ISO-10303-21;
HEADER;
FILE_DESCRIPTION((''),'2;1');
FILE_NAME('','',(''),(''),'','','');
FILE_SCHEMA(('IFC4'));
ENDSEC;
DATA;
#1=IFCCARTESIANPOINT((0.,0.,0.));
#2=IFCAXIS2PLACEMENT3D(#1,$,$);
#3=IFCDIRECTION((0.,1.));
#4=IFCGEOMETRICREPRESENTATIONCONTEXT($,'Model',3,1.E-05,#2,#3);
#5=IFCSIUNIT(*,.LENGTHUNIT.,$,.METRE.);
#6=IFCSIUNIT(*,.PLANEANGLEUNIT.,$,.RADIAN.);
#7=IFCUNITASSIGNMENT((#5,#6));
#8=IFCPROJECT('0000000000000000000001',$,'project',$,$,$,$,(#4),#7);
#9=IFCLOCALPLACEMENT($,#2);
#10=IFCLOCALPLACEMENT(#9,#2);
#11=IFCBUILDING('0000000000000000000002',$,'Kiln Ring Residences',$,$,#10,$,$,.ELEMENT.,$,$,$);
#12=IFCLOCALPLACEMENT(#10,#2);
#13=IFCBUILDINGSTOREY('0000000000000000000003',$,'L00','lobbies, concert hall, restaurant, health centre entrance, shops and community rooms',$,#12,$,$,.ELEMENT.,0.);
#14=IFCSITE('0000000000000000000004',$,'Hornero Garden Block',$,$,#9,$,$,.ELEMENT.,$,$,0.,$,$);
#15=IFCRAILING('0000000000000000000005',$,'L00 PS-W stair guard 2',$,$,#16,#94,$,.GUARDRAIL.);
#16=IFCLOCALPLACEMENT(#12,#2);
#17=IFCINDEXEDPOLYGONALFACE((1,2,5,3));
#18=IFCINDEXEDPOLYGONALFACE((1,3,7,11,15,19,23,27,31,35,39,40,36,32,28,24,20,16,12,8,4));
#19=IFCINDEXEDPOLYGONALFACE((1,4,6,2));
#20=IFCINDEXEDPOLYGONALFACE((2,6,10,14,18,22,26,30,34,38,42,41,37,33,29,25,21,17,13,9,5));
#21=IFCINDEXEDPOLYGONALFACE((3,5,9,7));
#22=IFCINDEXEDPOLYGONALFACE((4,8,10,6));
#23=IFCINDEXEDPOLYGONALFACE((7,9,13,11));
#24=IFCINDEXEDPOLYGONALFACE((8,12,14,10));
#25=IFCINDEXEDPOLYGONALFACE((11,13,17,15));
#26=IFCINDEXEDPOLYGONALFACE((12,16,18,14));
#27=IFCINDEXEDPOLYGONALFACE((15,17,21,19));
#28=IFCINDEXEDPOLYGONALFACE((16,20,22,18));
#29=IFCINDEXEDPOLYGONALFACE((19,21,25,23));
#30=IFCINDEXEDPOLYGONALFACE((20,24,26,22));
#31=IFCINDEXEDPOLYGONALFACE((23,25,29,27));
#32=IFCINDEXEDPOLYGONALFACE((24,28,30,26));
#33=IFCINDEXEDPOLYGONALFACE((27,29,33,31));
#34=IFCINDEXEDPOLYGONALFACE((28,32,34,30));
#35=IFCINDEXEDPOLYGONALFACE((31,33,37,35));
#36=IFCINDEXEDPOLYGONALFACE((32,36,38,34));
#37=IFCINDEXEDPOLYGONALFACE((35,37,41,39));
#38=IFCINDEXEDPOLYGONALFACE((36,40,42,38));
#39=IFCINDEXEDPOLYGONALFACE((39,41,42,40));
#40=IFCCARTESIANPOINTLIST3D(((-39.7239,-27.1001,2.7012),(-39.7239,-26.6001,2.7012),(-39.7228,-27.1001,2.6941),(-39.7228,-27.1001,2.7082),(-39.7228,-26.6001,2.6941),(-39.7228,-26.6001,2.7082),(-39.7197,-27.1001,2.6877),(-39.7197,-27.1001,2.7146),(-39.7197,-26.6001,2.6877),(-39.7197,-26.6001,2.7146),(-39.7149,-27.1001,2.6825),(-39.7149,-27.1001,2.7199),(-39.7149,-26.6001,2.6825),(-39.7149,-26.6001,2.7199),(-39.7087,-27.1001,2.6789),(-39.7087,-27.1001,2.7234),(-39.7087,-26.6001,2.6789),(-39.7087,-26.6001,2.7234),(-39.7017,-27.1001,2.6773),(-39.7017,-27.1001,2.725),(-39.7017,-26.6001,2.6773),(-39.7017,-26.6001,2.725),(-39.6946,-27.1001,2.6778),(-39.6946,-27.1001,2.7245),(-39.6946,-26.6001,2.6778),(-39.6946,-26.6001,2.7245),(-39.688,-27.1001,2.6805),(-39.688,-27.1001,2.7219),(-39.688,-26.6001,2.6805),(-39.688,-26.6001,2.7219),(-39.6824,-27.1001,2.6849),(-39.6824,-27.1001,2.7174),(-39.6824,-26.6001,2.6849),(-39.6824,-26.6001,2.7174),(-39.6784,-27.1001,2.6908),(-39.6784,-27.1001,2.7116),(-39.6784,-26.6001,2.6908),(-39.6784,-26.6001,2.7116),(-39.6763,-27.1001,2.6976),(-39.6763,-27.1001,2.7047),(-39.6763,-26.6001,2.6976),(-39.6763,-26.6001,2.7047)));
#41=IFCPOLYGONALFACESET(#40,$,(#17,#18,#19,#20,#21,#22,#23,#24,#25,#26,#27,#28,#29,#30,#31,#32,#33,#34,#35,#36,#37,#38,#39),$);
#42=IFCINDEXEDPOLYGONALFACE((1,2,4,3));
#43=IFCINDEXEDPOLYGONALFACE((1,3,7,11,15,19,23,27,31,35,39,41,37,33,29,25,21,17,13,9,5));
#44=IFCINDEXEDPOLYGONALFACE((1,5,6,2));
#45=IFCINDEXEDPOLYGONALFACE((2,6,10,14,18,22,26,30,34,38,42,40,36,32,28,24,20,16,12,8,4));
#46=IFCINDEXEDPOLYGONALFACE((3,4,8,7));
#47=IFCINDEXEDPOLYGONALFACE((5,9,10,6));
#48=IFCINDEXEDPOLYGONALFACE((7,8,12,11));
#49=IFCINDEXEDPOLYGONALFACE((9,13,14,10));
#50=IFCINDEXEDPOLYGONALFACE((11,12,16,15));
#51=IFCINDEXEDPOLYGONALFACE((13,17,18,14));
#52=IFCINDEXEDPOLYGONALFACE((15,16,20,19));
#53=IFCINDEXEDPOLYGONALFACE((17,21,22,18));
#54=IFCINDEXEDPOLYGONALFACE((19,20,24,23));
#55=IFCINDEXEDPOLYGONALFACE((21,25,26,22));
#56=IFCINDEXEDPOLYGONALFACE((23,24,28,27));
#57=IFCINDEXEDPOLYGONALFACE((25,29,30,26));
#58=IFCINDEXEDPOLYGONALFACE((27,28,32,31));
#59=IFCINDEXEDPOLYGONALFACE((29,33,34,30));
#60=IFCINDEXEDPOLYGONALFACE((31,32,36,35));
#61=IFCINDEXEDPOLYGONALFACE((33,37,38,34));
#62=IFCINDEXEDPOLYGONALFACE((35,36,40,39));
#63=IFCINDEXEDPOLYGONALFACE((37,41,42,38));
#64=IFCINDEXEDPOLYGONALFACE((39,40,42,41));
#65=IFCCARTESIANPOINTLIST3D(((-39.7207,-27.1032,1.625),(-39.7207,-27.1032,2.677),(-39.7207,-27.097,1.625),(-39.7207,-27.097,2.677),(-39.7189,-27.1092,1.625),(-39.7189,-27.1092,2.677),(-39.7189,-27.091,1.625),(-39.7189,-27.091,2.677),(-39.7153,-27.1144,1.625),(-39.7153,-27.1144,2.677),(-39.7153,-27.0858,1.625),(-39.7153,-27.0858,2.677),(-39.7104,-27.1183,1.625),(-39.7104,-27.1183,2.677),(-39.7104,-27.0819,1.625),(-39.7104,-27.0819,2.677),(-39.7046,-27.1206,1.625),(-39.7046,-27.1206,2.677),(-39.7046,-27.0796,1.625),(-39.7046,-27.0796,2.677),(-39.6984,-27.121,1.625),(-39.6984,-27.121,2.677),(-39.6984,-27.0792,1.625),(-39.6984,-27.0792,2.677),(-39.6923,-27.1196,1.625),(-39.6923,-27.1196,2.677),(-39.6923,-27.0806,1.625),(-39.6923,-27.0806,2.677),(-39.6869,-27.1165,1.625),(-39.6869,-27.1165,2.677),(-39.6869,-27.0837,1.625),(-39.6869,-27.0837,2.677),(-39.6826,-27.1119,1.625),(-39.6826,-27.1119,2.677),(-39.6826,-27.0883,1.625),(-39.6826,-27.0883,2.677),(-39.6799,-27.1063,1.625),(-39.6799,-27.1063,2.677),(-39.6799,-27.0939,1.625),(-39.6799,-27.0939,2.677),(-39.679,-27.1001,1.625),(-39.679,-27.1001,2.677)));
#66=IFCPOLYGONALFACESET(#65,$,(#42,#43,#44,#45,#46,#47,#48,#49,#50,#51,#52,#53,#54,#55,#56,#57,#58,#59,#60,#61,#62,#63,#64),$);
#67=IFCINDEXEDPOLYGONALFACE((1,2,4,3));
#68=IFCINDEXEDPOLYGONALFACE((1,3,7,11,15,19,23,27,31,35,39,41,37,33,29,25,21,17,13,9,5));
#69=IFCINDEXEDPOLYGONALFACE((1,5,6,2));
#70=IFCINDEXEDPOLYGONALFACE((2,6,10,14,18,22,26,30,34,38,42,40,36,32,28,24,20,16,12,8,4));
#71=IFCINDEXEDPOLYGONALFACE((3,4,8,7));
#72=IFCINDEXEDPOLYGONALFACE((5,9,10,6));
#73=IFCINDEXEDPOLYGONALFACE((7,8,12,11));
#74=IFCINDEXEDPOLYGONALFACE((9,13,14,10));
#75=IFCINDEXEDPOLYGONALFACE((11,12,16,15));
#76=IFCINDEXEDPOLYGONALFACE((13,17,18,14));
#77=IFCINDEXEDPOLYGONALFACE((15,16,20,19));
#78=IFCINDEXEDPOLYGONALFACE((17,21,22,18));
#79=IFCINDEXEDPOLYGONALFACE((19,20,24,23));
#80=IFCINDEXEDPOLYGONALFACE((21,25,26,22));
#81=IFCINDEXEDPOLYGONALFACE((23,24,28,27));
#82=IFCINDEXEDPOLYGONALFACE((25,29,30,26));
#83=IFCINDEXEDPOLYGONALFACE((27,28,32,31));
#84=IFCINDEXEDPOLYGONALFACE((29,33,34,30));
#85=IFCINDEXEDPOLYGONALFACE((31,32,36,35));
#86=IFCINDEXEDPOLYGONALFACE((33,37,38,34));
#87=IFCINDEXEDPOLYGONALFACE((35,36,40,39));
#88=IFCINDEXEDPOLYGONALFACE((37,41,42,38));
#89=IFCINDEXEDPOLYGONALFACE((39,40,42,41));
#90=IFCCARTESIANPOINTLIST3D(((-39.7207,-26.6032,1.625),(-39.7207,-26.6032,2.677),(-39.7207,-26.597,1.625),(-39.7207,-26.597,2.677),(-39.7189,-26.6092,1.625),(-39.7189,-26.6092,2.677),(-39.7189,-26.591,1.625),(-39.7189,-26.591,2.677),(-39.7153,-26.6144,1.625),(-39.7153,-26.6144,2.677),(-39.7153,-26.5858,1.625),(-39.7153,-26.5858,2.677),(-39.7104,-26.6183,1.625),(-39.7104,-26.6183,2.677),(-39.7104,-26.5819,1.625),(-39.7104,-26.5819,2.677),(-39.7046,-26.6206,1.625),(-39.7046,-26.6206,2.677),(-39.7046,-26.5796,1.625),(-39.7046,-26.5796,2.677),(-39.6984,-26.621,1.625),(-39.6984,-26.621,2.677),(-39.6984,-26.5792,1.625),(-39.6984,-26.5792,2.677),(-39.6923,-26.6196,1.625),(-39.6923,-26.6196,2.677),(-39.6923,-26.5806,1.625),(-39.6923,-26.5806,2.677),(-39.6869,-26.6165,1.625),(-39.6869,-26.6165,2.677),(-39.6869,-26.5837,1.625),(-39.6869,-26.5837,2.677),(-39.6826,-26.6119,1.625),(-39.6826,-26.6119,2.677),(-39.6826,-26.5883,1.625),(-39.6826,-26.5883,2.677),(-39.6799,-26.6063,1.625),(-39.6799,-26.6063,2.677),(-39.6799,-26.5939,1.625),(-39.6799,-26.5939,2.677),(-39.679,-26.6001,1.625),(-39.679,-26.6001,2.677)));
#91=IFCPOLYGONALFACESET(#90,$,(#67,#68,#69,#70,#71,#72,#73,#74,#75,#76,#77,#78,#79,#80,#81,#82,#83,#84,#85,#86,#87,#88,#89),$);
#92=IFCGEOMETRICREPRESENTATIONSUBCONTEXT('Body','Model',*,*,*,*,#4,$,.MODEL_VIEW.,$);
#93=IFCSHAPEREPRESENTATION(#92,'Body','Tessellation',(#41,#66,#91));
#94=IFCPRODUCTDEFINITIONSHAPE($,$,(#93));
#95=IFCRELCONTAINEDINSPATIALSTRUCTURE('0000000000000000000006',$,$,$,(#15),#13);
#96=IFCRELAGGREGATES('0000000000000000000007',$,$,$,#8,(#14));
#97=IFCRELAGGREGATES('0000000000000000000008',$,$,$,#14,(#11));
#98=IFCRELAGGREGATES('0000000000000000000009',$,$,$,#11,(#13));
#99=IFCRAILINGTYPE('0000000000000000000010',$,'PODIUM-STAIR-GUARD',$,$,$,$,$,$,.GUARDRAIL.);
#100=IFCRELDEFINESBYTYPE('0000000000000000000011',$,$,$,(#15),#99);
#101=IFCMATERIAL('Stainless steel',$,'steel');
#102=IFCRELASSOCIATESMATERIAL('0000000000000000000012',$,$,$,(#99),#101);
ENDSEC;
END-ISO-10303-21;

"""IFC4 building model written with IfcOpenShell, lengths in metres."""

from ifc_helpers import new_model, si_unit, direction, frame, origin, origin_2d, place, context, subcontext, project, spatial, circle, extrude, material, type_object, element, save


model = new_model("IFC4")

# Units and contexts
model_context = context("Model", 3, precision=1e-05, world=origin(), true_north=direction((0.0, 1.0)))
body_context = subcontext(model_context, "Body", "Model", "MODEL_VIEW")
ifc_project = project(units=[si_unit("LENGTHUNIT", "METRE"), si_unit("PLANEANGLEUNIT", "RADIAN")], contexts=[model_context])

# Site, building, storey
site_placement = place(None, origin())
site = spatial("IfcSite", under=ifc_project, at=site_placement, Name="Hornero Garden Block", CompositionType="ELEMENT", RefElevation=0.0)
building_placement = place(site_placement, origin())
building = spatial("IfcBuilding", under=site, at=building_placement, Name="Kiln Ring Residences", CompositionType="ELEMENT")
storey_placement = place(building_placement, origin())
storey = spatial("IfcBuildingStorey", under=building, at=storey_placement, Name="L00", Description="lobbies, concert hall, restaurant, health centre entrance, shops and community rooms", CompositionType="ELEMENT", Elevation=0.0)

# Railing
ifc_material_1 = material(Name="Stainless steel", Category="steel")
railing_type_1 = type_object("IfcRailingType", Name="PODIUM-STAIR-GUARD", PredefinedType="GUARDRAIL", material=ifc_material_1)
railing_1_placement = place(storey_placement, frame((-39.7, -27.1001, 1.625)))
element("IfcRailing", 1, at=railing_1_placement, inside=storey, type_object=railing_type_1, Name="L00 PS-W stair guard 2", PredefinedType="GUARDRAIL", context=body_context, shape_type="SweptSolid", body=[
    extrude(circle(Radius=0.0239, at=origin_2d()), frame((0.0, 0.0, 1.0762), z_axis=(0.0, 1.0, 0.0), x_axis=(-1.0, 0.0, 0.0)), (0.0, 0.0, 1.0), 0.5),
    extrude(circle(Radius=0.021, at=origin_2d()), origin(), (0.0, 0.0, 1.0), 1.052),
    extrude(circle(Radius=0.021, at=origin_2d()), frame((0.0, 0.5, 0.0)), (0.0, 0.0, 1.0), 1.052),
])

save(model, "model.ifc")
